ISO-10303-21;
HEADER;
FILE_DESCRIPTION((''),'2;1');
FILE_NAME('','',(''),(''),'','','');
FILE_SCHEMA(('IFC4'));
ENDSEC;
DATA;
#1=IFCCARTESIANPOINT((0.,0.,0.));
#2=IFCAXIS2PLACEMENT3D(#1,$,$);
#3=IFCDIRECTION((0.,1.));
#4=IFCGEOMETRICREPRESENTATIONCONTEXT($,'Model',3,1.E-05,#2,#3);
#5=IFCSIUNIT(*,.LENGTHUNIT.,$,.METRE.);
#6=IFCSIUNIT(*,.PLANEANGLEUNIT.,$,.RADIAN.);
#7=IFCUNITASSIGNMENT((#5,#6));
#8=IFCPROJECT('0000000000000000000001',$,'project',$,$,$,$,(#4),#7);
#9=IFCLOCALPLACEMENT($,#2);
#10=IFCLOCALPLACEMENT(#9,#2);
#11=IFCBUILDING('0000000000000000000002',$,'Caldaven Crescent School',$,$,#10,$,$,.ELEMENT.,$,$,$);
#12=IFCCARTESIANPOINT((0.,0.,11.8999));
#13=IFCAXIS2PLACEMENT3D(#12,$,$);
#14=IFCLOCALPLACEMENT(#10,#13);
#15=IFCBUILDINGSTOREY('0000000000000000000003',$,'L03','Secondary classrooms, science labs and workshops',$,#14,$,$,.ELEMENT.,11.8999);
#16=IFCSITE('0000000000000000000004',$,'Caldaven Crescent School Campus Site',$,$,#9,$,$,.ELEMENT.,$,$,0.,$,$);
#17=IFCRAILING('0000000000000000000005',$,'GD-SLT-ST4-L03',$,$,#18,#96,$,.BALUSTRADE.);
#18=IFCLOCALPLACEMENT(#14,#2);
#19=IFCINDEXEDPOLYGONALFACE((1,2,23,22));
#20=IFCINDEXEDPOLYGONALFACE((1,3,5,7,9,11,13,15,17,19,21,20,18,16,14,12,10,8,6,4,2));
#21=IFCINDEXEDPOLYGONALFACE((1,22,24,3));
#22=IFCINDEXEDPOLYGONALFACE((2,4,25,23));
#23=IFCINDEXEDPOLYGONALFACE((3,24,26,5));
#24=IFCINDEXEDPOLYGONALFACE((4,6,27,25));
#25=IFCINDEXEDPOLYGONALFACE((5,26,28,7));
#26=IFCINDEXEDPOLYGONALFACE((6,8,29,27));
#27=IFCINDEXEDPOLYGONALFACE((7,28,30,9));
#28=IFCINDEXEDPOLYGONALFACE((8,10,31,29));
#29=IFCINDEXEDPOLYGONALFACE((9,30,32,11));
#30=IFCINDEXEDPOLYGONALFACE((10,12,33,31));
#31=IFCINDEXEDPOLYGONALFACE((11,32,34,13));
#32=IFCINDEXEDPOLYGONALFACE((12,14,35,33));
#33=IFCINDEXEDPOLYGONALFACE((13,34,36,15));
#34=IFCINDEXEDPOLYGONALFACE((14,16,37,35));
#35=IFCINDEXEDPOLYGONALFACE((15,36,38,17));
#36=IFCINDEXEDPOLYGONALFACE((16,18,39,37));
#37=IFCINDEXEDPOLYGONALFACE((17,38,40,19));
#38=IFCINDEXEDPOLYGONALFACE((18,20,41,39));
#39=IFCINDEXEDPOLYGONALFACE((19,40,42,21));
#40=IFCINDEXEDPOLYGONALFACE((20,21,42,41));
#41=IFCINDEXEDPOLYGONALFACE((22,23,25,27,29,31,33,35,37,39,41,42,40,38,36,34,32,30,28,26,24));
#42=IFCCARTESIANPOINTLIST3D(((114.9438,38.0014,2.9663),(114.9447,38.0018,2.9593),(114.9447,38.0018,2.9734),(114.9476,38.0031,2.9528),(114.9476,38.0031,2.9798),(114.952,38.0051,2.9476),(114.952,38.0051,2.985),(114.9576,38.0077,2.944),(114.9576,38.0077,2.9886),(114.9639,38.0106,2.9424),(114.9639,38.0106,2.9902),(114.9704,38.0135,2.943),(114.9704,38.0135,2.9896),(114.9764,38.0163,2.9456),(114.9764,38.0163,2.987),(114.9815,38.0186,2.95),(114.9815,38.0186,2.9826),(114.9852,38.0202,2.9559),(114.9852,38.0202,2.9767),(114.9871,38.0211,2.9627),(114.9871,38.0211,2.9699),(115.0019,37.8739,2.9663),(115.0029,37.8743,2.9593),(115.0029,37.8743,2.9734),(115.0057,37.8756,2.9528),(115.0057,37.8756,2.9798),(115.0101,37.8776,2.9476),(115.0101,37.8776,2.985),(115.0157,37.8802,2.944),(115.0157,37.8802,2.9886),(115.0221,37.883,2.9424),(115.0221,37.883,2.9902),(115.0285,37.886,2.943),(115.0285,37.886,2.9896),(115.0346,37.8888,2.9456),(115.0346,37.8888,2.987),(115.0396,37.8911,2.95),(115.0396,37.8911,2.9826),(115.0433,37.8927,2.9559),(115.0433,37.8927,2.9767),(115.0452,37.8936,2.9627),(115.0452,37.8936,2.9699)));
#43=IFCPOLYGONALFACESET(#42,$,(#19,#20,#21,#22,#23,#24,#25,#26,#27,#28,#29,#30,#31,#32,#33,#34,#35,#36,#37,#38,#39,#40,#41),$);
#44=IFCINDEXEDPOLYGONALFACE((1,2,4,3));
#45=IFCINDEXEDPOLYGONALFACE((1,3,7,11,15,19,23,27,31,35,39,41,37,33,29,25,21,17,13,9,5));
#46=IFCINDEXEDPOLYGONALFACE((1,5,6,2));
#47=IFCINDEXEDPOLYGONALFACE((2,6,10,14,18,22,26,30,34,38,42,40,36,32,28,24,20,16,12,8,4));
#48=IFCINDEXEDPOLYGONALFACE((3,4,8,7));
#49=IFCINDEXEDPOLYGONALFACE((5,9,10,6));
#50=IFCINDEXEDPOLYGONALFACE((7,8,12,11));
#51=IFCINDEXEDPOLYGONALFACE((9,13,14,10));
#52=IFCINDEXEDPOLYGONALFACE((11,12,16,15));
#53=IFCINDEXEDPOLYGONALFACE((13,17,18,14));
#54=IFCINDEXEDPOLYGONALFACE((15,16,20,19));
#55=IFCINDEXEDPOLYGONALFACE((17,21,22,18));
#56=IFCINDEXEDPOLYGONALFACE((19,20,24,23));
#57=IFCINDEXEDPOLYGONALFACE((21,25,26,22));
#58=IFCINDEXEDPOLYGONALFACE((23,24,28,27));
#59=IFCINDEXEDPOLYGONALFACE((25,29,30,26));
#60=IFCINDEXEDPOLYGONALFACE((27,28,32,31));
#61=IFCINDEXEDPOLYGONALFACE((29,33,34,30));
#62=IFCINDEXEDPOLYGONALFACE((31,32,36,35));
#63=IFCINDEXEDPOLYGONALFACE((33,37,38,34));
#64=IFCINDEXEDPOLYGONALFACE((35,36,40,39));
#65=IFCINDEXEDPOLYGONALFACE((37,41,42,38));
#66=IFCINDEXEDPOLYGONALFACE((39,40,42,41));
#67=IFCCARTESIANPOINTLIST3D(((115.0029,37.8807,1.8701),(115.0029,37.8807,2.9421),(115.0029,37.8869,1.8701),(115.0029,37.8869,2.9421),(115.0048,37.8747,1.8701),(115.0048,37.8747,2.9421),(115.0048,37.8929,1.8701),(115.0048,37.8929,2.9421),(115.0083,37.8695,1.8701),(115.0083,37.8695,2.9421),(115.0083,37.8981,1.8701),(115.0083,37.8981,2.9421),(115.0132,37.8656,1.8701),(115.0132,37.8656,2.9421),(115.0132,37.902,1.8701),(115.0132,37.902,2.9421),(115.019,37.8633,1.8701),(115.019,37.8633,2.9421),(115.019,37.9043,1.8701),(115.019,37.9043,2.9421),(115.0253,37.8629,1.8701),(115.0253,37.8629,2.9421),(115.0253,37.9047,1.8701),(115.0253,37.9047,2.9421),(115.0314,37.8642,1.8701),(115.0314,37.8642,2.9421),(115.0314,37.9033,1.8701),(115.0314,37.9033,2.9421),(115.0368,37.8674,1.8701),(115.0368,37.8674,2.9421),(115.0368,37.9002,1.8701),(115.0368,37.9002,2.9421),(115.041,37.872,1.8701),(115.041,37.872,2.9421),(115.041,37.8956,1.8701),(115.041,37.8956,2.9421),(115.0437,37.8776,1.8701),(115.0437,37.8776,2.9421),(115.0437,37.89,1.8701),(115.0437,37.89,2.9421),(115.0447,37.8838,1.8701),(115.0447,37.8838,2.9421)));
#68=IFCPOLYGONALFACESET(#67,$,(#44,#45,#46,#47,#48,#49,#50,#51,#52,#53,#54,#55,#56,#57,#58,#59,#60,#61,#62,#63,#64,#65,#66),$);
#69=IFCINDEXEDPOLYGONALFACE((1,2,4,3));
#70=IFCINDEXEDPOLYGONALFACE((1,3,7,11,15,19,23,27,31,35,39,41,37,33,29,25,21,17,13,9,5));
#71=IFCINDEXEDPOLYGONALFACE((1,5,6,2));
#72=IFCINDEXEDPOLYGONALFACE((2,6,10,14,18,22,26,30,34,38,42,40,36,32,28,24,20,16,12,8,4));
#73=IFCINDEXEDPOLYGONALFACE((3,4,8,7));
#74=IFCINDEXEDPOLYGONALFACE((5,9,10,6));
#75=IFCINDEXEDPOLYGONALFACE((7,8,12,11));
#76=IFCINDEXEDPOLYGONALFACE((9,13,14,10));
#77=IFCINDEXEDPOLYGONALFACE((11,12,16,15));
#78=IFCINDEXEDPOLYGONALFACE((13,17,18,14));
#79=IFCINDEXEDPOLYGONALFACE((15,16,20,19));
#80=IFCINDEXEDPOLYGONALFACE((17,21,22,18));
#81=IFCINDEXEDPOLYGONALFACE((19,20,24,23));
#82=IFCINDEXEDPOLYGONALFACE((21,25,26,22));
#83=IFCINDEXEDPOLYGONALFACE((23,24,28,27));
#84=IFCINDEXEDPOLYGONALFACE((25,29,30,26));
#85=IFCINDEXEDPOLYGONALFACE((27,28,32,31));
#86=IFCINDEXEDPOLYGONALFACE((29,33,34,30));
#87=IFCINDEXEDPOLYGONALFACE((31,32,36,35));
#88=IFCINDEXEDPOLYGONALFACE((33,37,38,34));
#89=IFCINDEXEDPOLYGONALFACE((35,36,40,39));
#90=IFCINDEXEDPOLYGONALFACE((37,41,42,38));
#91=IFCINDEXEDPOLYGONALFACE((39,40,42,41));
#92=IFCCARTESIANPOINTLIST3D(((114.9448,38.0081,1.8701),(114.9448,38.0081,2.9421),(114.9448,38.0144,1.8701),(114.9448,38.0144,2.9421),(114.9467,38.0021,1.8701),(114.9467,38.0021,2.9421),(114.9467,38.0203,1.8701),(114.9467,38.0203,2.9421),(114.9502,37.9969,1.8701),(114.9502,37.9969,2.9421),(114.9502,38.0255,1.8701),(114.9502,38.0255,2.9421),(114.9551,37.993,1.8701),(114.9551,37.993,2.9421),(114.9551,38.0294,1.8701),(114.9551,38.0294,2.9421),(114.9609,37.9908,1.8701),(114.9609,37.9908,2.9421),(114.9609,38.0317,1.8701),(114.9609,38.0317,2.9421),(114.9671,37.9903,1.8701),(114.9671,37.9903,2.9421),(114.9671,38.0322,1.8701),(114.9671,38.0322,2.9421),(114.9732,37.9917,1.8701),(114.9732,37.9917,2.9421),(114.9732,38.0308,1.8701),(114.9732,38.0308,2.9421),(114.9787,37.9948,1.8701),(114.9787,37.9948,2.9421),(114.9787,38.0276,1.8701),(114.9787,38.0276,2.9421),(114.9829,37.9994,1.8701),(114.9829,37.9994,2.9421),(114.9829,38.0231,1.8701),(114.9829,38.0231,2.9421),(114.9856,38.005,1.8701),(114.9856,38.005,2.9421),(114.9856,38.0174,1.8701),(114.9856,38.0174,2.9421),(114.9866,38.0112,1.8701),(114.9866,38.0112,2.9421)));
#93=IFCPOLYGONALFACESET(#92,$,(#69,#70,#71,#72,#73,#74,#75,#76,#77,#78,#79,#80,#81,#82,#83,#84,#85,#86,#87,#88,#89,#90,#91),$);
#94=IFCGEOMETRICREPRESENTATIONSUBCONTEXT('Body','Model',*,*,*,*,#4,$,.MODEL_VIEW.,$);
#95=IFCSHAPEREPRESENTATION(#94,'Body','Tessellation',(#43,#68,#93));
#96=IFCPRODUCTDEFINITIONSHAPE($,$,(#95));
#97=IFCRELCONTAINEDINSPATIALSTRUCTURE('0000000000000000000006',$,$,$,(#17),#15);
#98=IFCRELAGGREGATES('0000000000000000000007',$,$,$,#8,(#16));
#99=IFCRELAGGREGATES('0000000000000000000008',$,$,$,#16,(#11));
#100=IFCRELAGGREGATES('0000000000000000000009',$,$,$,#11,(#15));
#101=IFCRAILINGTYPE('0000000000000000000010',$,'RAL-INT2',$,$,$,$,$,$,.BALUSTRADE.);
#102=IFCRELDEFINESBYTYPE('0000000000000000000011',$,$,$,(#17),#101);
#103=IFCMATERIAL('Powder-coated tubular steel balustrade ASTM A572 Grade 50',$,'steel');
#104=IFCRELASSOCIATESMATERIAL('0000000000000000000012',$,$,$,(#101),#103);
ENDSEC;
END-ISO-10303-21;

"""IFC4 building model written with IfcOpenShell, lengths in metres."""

from ifc_helpers import new_model, si_unit, direction, frame, origin, origin_2d, place, context, subcontext, project, spatial, circle, extrude, material, type_object, element, save


model = new_model("IFC4")

# Units and contexts
model_context = context("Model", 3, precision=1e-05, world=origin(), true_north=direction((0.0, 1.0)))
body_context = subcontext(model_context, "Body", "Model", "MODEL_VIEW")
ifc_project = project(units=[si_unit("LENGTHUNIT", "METRE"), si_unit("PLANEANGLEUNIT", "RADIAN")], contexts=[model_context])

# Site, building, storey
site_placement = place(None, origin())
site = spatial("IfcSite", under=ifc_project, at=site_placement, Name="Caldaven Crescent School Campus Site", CompositionType="ELEMENT", RefElevation=0.0)
building_placement = place(site_placement, origin())
building = spatial("IfcBuilding", under=site, at=building_placement, Name="Caldaven Crescent School", CompositionType="ELEMENT")
storey_placement = place(building_placement, frame((0.0, 0.0, 11.8999)))
storey = spatial("IfcBuildingStorey", under=building, at=storey_placement, Name="L03", Description="Secondary classrooms, science labs and workshops", CompositionType="ELEMENT", Elevation=11.8999)

# Railing
ifc_material_1 = material(Name="Powder-coated tubular steel balustrade ASTM A572 Grade 50", Category="steel")
railing_type_1 = type_object("IfcRailingType", Name="RAL-INT2", PredefinedType="BALUSTRADE", material=ifc_material_1)
railing_1_placement = place(storey_placement, frame((115.0237, 37.8838, 1.8701)))
element("IfcRailing", 1, at=railing_1_placement, inside=storey, type_object=railing_type_1, Name="GD-SLT-ST4-L03", PredefinedType="BALUSTRADE", context=body_context, shape_type="SweptSolid", body=[
    extrude(circle(Radius=0.0239, at=origin_2d()), frame((0.0, 0.0, 1.0962), z_axis=(-0.414853, 0.909888, 0.0), x_axis=(-0.909888, -0.414853, 0.0)), (0.0, 0.0, 1.0), 0.1401),
    extrude(circle(Radius=0.021, at=origin_2d()), origin(), (0.0, 0.0, 1.0), 1.072),
    extrude(circle(Radius=0.021, at=origin_2d()), frame((-0.0581, 0.1274, 0.0)), (0.0, 0.0, 1.0), 1.072),
])

save(model, "model.ifc")
